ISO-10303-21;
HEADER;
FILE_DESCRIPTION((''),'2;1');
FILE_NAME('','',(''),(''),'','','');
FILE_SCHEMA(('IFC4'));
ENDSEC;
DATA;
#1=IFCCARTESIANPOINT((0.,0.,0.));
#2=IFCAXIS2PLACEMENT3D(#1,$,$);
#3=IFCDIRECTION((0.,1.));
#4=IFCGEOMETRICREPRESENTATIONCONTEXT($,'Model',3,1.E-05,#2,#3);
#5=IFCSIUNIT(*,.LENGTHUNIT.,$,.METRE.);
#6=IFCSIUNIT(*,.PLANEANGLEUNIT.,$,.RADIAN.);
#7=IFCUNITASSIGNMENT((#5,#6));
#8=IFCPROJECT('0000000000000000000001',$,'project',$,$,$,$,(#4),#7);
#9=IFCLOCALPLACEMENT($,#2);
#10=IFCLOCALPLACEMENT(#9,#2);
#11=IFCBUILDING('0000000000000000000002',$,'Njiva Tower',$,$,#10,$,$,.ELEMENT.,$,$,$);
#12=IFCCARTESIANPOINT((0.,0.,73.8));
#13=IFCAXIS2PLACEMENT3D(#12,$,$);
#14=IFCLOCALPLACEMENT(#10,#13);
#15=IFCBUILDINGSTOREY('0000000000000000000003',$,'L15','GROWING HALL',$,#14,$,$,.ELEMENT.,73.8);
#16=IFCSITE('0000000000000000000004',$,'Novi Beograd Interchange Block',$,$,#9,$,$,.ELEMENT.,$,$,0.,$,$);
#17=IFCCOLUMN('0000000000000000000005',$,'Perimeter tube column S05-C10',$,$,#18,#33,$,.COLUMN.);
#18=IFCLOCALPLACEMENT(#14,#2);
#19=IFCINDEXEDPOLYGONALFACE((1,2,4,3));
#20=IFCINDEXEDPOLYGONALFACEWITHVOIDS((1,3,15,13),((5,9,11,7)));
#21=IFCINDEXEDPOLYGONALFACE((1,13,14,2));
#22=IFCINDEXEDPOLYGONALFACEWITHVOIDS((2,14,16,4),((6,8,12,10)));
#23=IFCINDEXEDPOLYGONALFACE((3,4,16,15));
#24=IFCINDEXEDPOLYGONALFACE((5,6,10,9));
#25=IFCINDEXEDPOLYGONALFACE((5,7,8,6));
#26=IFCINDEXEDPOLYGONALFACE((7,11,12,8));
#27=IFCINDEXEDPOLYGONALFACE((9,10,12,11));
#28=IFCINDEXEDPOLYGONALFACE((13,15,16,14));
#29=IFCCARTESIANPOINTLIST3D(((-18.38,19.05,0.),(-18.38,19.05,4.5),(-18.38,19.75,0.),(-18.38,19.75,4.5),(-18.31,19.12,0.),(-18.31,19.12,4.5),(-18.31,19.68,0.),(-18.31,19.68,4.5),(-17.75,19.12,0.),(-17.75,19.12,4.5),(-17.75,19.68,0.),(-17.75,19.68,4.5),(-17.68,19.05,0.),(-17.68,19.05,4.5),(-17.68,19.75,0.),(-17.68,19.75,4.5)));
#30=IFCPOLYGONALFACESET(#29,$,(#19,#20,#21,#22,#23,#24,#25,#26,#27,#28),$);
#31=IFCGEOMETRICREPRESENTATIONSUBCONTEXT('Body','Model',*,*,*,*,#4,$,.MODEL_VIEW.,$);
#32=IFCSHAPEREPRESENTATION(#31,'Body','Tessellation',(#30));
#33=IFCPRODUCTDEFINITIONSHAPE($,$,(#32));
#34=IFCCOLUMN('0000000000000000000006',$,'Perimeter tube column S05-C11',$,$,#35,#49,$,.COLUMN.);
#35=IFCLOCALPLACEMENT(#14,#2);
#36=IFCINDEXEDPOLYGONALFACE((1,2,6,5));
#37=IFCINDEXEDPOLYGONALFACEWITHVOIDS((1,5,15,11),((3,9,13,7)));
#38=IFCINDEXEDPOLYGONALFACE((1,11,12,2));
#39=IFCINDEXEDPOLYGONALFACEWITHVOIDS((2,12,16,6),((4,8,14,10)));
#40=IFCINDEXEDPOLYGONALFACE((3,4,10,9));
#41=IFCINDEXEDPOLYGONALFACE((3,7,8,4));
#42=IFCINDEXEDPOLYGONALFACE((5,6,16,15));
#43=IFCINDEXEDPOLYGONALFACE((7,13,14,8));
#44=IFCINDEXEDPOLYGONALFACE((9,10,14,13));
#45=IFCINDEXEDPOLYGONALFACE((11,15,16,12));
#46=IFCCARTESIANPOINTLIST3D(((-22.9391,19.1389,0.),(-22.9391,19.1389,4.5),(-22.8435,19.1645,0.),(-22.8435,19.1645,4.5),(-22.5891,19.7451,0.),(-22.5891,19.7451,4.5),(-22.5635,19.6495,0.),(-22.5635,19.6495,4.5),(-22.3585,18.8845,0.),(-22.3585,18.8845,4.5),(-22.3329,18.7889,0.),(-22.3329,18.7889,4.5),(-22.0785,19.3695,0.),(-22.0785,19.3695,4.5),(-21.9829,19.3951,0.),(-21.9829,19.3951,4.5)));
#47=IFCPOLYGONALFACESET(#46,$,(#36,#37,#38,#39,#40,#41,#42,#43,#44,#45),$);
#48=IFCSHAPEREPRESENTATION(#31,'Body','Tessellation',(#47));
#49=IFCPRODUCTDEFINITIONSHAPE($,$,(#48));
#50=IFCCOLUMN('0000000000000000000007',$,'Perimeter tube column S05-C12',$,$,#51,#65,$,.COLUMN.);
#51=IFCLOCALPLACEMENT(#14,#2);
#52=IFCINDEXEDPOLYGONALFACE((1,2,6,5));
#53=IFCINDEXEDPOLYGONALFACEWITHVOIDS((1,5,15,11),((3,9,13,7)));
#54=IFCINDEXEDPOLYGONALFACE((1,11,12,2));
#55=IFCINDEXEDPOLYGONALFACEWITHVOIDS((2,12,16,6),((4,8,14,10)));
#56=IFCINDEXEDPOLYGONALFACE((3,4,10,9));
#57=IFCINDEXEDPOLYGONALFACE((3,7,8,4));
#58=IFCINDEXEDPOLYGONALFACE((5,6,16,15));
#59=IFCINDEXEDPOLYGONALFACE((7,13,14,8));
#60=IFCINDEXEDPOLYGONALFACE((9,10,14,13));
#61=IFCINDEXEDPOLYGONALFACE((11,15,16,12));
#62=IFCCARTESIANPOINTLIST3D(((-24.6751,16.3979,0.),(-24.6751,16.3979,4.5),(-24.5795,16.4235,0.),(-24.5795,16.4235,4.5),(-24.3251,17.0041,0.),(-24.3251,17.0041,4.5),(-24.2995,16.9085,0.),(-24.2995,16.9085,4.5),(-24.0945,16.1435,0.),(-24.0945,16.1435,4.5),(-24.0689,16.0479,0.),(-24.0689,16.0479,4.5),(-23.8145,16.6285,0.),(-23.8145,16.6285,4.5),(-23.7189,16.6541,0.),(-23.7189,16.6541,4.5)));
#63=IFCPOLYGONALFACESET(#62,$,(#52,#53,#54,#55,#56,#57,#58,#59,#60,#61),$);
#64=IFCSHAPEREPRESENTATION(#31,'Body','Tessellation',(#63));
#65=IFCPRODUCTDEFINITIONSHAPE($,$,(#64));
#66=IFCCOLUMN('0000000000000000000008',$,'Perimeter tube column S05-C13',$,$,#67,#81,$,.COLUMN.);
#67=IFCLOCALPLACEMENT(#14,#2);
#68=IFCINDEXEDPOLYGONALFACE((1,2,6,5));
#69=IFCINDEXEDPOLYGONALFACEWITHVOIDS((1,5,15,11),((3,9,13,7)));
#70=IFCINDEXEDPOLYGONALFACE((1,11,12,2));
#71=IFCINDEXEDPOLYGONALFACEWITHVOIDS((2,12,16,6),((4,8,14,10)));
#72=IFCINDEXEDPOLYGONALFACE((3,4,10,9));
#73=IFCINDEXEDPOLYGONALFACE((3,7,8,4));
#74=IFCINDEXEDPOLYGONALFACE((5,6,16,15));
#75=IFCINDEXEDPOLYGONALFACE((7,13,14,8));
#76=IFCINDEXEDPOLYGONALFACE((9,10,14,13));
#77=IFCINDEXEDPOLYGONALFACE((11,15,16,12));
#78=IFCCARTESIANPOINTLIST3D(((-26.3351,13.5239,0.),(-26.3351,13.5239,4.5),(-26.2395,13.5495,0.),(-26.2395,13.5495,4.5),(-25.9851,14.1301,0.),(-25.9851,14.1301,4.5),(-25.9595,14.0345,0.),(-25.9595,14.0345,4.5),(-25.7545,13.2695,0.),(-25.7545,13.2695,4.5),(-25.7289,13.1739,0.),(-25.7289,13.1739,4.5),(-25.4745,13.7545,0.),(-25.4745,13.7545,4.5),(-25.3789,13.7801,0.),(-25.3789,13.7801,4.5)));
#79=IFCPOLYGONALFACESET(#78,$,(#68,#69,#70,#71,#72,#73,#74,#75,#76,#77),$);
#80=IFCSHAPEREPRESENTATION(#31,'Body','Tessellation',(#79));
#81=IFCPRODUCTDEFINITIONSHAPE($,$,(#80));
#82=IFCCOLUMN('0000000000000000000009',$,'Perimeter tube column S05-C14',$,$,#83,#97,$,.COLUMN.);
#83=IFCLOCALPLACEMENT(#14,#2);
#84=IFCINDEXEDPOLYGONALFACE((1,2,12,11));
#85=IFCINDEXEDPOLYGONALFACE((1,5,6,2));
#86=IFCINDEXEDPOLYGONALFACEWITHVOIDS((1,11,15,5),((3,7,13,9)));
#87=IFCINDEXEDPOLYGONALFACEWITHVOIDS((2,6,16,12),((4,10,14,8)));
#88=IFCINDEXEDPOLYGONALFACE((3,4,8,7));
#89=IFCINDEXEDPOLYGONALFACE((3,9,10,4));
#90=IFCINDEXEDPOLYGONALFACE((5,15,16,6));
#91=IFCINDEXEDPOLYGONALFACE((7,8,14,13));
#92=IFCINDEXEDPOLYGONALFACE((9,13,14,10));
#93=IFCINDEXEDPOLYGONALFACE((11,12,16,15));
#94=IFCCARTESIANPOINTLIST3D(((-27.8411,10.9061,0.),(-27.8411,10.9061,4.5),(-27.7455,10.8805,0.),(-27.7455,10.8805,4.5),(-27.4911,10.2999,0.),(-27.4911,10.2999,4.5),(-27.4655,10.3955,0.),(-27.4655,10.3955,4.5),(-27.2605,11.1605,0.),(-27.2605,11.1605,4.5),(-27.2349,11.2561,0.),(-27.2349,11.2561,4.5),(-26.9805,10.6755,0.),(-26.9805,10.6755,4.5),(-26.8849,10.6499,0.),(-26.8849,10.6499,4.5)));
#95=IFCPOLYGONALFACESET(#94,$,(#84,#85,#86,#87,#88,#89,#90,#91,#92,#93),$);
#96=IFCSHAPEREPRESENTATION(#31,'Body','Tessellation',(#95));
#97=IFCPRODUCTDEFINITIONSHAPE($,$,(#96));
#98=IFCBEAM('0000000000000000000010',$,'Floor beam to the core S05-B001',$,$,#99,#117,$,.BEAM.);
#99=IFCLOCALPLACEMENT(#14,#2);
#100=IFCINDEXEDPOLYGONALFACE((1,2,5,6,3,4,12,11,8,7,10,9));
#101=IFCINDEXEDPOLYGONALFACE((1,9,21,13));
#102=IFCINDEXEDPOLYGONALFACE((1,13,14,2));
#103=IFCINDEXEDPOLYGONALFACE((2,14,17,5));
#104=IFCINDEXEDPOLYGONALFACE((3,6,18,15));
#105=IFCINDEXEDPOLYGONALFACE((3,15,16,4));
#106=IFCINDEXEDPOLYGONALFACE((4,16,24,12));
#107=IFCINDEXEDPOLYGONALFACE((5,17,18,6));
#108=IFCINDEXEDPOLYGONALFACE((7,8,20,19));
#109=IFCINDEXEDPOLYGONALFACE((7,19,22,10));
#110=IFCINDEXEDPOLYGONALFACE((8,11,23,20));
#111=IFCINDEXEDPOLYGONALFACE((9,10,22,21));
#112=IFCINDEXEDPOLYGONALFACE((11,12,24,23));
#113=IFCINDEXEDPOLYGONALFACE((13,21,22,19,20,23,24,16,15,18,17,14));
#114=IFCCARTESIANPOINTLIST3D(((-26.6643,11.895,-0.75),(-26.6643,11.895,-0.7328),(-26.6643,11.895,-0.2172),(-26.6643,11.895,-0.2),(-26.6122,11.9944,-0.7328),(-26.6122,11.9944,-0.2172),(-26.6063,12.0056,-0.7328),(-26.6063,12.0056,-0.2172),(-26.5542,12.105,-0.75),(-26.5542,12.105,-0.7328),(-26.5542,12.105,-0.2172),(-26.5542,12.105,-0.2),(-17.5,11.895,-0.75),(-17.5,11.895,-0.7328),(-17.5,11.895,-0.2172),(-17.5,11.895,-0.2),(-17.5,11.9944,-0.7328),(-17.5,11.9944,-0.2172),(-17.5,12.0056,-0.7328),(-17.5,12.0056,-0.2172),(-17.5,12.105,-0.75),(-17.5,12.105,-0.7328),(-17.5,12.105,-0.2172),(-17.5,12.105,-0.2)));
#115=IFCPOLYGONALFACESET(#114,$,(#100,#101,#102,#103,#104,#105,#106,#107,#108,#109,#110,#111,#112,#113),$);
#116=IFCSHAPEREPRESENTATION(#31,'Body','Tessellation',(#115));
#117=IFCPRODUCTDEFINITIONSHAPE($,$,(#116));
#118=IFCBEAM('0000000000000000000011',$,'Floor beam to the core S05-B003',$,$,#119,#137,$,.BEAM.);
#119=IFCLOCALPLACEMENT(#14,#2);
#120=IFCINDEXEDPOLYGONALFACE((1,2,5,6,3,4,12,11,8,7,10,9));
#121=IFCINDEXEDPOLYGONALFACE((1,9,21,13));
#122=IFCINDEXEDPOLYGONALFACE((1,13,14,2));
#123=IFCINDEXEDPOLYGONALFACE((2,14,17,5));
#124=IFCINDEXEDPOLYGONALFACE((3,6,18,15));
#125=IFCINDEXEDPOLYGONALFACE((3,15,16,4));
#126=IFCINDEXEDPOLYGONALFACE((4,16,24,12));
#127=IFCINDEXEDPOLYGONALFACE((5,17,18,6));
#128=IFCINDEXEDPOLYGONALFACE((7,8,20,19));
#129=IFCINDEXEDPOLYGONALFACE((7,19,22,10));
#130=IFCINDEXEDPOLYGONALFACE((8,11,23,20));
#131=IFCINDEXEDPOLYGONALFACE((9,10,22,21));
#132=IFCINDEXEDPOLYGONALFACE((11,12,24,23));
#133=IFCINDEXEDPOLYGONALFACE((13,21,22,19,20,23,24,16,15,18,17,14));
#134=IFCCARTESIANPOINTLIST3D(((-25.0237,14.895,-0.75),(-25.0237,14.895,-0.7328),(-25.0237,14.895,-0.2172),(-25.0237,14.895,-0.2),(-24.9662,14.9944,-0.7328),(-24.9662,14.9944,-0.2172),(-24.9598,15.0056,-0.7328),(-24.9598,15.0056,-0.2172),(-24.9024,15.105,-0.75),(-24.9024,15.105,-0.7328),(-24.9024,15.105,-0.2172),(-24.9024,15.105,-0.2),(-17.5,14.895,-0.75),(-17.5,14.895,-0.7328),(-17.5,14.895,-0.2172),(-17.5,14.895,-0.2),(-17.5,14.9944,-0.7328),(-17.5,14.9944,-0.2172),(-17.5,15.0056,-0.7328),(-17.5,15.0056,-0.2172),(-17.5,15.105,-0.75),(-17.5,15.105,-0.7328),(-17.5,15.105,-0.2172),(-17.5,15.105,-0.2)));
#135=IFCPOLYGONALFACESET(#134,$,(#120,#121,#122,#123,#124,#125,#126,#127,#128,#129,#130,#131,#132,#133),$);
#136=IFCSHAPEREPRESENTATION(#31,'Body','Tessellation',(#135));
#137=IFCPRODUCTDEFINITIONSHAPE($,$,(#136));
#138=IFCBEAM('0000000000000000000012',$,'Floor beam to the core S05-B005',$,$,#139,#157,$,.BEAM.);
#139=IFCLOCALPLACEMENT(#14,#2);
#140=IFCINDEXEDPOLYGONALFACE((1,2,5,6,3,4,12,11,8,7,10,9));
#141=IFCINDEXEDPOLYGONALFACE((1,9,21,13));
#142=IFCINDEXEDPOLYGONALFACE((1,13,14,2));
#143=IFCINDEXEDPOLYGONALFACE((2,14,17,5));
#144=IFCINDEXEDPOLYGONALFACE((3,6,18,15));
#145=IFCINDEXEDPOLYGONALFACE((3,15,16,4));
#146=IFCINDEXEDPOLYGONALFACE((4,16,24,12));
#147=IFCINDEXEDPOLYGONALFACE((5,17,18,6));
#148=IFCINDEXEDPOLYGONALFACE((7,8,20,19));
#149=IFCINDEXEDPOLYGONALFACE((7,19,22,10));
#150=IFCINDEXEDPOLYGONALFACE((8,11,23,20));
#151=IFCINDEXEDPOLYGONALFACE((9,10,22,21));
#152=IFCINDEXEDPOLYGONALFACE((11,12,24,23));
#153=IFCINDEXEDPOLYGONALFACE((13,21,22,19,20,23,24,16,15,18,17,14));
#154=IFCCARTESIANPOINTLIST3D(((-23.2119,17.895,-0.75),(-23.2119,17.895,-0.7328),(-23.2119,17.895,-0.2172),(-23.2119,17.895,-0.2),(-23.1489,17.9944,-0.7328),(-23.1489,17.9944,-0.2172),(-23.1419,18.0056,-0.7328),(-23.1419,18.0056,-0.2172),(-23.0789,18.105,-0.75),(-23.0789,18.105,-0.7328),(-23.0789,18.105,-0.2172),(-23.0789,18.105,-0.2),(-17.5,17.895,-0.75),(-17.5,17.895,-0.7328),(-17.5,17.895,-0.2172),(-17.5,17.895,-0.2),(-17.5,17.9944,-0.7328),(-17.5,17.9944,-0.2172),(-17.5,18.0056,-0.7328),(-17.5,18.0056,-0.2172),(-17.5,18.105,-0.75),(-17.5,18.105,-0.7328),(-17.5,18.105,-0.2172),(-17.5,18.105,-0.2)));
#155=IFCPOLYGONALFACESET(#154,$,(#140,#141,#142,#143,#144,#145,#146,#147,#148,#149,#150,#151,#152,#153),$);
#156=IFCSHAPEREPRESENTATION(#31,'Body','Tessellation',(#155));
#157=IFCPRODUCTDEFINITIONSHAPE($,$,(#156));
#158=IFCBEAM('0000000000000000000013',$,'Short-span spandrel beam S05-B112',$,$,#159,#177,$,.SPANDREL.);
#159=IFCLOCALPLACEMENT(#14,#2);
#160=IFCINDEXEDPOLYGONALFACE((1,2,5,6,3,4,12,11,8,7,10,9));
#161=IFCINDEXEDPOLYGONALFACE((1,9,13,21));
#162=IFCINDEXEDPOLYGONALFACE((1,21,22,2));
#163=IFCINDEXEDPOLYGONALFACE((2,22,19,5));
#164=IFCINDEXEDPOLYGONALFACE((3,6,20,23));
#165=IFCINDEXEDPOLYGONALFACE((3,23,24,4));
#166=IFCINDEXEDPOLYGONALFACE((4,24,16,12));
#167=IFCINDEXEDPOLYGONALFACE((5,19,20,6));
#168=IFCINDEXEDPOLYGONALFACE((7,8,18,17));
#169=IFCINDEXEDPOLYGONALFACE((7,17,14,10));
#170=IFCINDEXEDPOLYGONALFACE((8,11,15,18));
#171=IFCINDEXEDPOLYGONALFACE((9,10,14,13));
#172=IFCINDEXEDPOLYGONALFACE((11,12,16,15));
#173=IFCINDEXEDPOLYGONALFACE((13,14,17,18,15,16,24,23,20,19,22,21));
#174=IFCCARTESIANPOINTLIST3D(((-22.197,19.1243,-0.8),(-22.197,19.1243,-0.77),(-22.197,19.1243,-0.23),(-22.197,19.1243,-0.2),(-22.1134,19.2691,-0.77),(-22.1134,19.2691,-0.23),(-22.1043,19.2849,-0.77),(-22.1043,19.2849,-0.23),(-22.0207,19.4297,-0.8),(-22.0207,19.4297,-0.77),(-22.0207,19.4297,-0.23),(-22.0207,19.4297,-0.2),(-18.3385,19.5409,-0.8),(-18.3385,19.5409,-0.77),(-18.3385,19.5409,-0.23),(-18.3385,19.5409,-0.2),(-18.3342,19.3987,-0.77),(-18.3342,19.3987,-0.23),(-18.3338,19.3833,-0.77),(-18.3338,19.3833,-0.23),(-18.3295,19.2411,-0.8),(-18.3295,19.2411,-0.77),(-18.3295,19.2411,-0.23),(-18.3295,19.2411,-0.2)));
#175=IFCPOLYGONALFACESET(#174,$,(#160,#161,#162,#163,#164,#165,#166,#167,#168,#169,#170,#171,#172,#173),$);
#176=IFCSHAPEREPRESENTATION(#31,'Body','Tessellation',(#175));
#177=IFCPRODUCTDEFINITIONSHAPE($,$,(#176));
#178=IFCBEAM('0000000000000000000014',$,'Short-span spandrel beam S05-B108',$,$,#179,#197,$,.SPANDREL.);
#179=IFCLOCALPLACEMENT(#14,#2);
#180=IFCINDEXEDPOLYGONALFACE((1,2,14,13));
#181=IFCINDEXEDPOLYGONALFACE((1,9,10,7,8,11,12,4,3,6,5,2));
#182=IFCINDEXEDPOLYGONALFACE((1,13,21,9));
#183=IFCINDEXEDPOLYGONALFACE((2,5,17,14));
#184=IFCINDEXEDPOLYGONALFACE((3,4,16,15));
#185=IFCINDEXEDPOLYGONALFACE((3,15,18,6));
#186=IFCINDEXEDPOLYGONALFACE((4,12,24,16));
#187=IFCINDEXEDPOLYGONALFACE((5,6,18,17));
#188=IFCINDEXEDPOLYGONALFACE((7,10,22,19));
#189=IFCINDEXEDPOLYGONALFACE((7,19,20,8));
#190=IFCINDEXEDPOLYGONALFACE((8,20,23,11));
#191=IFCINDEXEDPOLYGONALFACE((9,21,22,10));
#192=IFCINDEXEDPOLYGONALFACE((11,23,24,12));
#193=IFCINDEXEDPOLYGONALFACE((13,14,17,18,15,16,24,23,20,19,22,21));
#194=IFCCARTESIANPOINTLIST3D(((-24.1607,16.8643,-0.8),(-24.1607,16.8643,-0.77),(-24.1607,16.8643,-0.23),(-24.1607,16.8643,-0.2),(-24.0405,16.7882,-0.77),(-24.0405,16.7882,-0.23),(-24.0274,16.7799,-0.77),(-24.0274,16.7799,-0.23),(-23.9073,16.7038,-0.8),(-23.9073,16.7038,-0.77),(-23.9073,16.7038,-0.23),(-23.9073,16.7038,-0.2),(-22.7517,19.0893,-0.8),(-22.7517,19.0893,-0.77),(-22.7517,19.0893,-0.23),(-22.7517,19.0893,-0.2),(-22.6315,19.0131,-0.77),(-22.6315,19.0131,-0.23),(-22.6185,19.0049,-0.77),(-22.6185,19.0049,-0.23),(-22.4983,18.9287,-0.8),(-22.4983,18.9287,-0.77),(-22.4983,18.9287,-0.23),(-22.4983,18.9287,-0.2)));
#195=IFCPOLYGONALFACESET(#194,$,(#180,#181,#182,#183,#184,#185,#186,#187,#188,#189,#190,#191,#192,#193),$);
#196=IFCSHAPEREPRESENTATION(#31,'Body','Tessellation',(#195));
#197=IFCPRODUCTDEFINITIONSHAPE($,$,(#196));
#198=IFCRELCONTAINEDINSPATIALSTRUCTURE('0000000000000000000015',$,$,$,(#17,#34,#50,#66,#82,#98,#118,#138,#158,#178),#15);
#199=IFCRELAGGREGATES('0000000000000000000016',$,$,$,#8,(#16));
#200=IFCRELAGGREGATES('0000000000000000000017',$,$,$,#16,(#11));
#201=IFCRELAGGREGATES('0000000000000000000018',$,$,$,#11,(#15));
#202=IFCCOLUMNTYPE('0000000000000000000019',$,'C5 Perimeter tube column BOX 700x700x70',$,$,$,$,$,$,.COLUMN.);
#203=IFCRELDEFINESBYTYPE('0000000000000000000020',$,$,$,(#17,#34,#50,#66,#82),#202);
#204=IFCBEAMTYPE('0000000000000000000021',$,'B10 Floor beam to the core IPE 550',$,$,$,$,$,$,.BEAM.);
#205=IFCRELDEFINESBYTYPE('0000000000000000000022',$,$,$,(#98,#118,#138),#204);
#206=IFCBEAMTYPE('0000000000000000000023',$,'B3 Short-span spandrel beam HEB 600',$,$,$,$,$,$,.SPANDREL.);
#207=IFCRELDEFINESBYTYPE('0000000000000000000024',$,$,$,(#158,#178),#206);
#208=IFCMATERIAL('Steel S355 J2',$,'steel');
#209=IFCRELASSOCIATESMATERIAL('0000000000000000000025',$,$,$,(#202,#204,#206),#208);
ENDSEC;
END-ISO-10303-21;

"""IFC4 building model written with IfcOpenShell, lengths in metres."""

from ifc_helpers import new_model, si_unit, direction, frame, origin, origin_2d, place, context, subcontext, project, spatial, hollow_rectangle, i_section, extrude, clip, halfspace, material, material_profile, profile_set, type_object, element, save


model = new_model("IFC4")

# Units and contexts
model_context = context("Model", 3, precision=1e-05, world=origin(), true_north=direction((0.0, 1.0)))
body_context = subcontext(model_context, "Body", "Model", "MODEL_VIEW")
ifc_project = project(units=[si_unit("LENGTHUNIT", "METRE"), si_unit("PLANEANGLEUNIT", "RADIAN")], contexts=[model_context])

# Site, building, storey
site_placement = place(None, origin())
site = spatial("IfcSite", under=ifc_project, at=site_placement, Name="Novi Beograd Interchange Block", CompositionType="ELEMENT", RefElevation=0.0)
building_placement = place(site_placement, origin())
building = spatial("IfcBuilding", under=site, at=building_placement, Name="Njiva Tower", CompositionType="ELEMENT")
storey_placement = place(building_placement, frame((0.0, 0.0, 73.8)))
storey = spatial("IfcBuildingStorey", under=building, at=storey_placement, Name="L15", Description="GROWING HALL", CompositionType="ELEMENT", Elevation=73.8)

# Columns
ifc_material_1 = material(Name="Steel S355 J2", Category="steel")
ifc_material_profile_1 = material_profile(ifc_material_1, hollow_rectangle(XDim=0.7, YDim=0.7, WallThickness=0.07, at=origin_2d()), Name="BOX 700x700x70")
ifc_profile_set_1 = profile_set([ifc_material_profile_1], Name="Steel S355 J2")
column_type = type_object("IfcColumnType", Name="C5 Perimeter tube column BOX 700x700x70", PredefinedType="COLUMN", material=ifc_profile_set_1)
for number, where, z_axis, x_axis, name in (
    (1, (-18.03, 19.4, 0.0), (0.0, 0.0, 1.0), (-1.0, 0.0, 0.0), "Perimeter tube column S05-C10"),
    (2, (-22.461, 19.267, 0.0), (0.0, 0.0, 1.0), (-0.5, -0.866025, 0.0), "Perimeter tube column S05-C11"),
    (3, (-24.197, 16.526, 0.0), (0.0, 0.0, 1.0), (-0.5, -0.866025, 0.0), "Perimeter tube column S05-C12"),
    (4, (-25.857, 13.652, 0.0), (0.0, 0.0, 1.0), (-0.5, -0.866025, 0.0), "Perimeter tube column S05-C13"),
    (5, (-27.363, 10.778, 0.0), (0.0, 0.0, 1.0), (0.5, -0.866025, 0.0), "Perimeter tube column S05-C14"),
):
    element("IfcColumn", number, at=place(storey_placement, frame(where, z_axis=z_axis, x_axis=x_axis)), inside=storey, type_object=column_type, Name=name, PredefinedType="COLUMN", context=body_context, shape_type="SweptSolid", body=[
        extrude(hollow_rectangle(XDim=0.7, YDim=0.7, WallThickness=0.07, at=origin_2d()), origin(), (0.0, 0.0, 1.0), 4.5),
    ])

# Beams
ifc_material_profile_2 = material_profile(ifc_material_1, i_section(OverallWidth=0.21, OverallDepth=0.55, WebThickness=0.0111, FlangeThickness=0.0172, at=origin_2d()), Name="IPE 550")
ifc_profile_set_2 = profile_set([ifc_material_profile_2], Name="Steel S355 J2")
beam_type_1 = type_object("IfcBeamType", Name="B10 Floor beam to the core IPE 550", PredefinedType="BEAM", material=ifc_profile_set_2)
beam_1_placement = place(storey_placement, frame((-26.684, 12.0, -0.475), z_axis=(1.0, 0.0, 0.0), x_axis=(0.0, 1.0, 0.0)))
element("IfcBeam", 6, at=beam_1_placement, inside=storey, type_object=beam_type_1, Name="Floor beam to the core S05-B001", PredefinedType="BEAM", context=body_context, shape_type="Clipping", body=[
    clip(extrude(i_section(OverallWidth=0.21, OverallDepth=0.55, WebThickness=0.0111, FlangeThickness=0.0172, at=origin_2d()), origin(), (0.0, 0.0, 1.0), 9.184), halfspace(frame((0.0232, 0.0, 0.0869), z_axis=(0.46405, 0.0, -0.885809), x_axis=(0.0, -1.0, 0.0)), False)),
])
beam_2_placement = place(storey_placement, frame((-25.044, 15.0, -0.475), z_axis=(1.0, 0.0, 0.0), x_axis=(0.0, 1.0, 0.0)))
element("IfcBeam", 7, at=beam_2_placement, inside=storey, type_object=beam_type_1, Name="Floor beam to the core S05-B003", PredefinedType="BEAM", context=body_context, shape_type="Clipping", body=[
    clip(extrude(i_section(OverallWidth=0.21, OverallDepth=0.55, WebThickness=0.0111, FlangeThickness=0.0172, at=origin_2d()), origin(), (0.0, 0.0, 1.0), 7.544), halfspace(frame((0.025, 0.0, 0.0954), z_axis=(0.499998, 0.0, -0.866027), x_axis=(0.0, -1.0, 0.0)), False)),
])
beam_3_placement = place(storey_placement, frame((-23.232, 18.0, -0.475), z_axis=(1.0, 0.0, 0.0), x_axis=(0.0, 1.0, 0.0)))
element("IfcBeam", 8, at=beam_3_placement, inside=storey, type_object=beam_type_1, Name="Floor beam to the core S05-B005", PredefinedType="BEAM", context=body_context, shape_type="Clipping", body=[
    clip(extrude(i_section(OverallWidth=0.21, OverallDepth=0.55, WebThickness=0.0111, FlangeThickness=0.0172, at=origin_2d()), origin(), (0.0, 0.0, 1.0), 5.732), halfspace(frame((0.0268, 0.0, 0.1036), z_axis=(0.535111, 0.0, -0.844782), x_axis=(0.0, -1.0, 0.0)), False)),
])
ifc_material_profile_3 = material_profile(ifc_material_1, i_section(OverallWidth=0.3, OverallDepth=0.6, WebThickness=0.0155, FlangeThickness=0.03, at=origin_2d()), Name="HEB 600")
ifc_profile_set_3 = profile_set([ifc_material_profile_3], Name="Steel S355 J2")
beam_type_2 = type_object("IfcBeamType", Name="B3 Short-span spandrel beam HEB 600", PredefinedType="SPANDREL", material=ifc_profile_set_3)
beam_4_placement = place(storey_placement, frame((-18.334, 19.391, -0.5), z_axis=(-0.999544, -0.030185, 0.0), x_axis=(0.030185, -0.999544, 0.0)))
element("IfcBeam", 9, at=beam_4_placement, inside=storey, type_object=beam_type_2, Name="Short-span spandrel beam S05-B112", PredefinedType="SPANDREL", context=body_context, shape_type="Clipping", body=[
    clip(extrude(i_section(OverallWidth=0.3, OverallDepth=0.6, WebThickness=0.0155, FlangeThickness=0.03, at=origin_2d()), origin(), (0.0, 0.0, 1.0), 3.8897), halfspace(frame((-0.0268, 0.0, 3.76), z_axis=(-0.525911, 0.0, 0.85054), x_axis=(0.0, 1.0, 0.0)), False)),
])
beam_5_placement = place(storey_placement, frame((-22.625, 19.009, -0.5), z_axis=(-0.535007, -0.844848, 0.0), x_axis=(0.844848, -0.535007, 0.0)))
element("IfcBeam", 10, at=beam_5_placement, inside=storey, type_object=beam_type_2, Name="Short-span spandrel beam S05-B108", PredefinedType="SPANDREL", context=body_context, shape_type="SweptSolid", body=[
    extrude(i_section(OverallWidth=0.3, OverallDepth=0.6, WebThickness=0.0155, FlangeThickness=0.03, at=origin_2d()), origin(), (0.0, 0.0, 1.0), 2.6336),
])

save(model, "model.ifc")
